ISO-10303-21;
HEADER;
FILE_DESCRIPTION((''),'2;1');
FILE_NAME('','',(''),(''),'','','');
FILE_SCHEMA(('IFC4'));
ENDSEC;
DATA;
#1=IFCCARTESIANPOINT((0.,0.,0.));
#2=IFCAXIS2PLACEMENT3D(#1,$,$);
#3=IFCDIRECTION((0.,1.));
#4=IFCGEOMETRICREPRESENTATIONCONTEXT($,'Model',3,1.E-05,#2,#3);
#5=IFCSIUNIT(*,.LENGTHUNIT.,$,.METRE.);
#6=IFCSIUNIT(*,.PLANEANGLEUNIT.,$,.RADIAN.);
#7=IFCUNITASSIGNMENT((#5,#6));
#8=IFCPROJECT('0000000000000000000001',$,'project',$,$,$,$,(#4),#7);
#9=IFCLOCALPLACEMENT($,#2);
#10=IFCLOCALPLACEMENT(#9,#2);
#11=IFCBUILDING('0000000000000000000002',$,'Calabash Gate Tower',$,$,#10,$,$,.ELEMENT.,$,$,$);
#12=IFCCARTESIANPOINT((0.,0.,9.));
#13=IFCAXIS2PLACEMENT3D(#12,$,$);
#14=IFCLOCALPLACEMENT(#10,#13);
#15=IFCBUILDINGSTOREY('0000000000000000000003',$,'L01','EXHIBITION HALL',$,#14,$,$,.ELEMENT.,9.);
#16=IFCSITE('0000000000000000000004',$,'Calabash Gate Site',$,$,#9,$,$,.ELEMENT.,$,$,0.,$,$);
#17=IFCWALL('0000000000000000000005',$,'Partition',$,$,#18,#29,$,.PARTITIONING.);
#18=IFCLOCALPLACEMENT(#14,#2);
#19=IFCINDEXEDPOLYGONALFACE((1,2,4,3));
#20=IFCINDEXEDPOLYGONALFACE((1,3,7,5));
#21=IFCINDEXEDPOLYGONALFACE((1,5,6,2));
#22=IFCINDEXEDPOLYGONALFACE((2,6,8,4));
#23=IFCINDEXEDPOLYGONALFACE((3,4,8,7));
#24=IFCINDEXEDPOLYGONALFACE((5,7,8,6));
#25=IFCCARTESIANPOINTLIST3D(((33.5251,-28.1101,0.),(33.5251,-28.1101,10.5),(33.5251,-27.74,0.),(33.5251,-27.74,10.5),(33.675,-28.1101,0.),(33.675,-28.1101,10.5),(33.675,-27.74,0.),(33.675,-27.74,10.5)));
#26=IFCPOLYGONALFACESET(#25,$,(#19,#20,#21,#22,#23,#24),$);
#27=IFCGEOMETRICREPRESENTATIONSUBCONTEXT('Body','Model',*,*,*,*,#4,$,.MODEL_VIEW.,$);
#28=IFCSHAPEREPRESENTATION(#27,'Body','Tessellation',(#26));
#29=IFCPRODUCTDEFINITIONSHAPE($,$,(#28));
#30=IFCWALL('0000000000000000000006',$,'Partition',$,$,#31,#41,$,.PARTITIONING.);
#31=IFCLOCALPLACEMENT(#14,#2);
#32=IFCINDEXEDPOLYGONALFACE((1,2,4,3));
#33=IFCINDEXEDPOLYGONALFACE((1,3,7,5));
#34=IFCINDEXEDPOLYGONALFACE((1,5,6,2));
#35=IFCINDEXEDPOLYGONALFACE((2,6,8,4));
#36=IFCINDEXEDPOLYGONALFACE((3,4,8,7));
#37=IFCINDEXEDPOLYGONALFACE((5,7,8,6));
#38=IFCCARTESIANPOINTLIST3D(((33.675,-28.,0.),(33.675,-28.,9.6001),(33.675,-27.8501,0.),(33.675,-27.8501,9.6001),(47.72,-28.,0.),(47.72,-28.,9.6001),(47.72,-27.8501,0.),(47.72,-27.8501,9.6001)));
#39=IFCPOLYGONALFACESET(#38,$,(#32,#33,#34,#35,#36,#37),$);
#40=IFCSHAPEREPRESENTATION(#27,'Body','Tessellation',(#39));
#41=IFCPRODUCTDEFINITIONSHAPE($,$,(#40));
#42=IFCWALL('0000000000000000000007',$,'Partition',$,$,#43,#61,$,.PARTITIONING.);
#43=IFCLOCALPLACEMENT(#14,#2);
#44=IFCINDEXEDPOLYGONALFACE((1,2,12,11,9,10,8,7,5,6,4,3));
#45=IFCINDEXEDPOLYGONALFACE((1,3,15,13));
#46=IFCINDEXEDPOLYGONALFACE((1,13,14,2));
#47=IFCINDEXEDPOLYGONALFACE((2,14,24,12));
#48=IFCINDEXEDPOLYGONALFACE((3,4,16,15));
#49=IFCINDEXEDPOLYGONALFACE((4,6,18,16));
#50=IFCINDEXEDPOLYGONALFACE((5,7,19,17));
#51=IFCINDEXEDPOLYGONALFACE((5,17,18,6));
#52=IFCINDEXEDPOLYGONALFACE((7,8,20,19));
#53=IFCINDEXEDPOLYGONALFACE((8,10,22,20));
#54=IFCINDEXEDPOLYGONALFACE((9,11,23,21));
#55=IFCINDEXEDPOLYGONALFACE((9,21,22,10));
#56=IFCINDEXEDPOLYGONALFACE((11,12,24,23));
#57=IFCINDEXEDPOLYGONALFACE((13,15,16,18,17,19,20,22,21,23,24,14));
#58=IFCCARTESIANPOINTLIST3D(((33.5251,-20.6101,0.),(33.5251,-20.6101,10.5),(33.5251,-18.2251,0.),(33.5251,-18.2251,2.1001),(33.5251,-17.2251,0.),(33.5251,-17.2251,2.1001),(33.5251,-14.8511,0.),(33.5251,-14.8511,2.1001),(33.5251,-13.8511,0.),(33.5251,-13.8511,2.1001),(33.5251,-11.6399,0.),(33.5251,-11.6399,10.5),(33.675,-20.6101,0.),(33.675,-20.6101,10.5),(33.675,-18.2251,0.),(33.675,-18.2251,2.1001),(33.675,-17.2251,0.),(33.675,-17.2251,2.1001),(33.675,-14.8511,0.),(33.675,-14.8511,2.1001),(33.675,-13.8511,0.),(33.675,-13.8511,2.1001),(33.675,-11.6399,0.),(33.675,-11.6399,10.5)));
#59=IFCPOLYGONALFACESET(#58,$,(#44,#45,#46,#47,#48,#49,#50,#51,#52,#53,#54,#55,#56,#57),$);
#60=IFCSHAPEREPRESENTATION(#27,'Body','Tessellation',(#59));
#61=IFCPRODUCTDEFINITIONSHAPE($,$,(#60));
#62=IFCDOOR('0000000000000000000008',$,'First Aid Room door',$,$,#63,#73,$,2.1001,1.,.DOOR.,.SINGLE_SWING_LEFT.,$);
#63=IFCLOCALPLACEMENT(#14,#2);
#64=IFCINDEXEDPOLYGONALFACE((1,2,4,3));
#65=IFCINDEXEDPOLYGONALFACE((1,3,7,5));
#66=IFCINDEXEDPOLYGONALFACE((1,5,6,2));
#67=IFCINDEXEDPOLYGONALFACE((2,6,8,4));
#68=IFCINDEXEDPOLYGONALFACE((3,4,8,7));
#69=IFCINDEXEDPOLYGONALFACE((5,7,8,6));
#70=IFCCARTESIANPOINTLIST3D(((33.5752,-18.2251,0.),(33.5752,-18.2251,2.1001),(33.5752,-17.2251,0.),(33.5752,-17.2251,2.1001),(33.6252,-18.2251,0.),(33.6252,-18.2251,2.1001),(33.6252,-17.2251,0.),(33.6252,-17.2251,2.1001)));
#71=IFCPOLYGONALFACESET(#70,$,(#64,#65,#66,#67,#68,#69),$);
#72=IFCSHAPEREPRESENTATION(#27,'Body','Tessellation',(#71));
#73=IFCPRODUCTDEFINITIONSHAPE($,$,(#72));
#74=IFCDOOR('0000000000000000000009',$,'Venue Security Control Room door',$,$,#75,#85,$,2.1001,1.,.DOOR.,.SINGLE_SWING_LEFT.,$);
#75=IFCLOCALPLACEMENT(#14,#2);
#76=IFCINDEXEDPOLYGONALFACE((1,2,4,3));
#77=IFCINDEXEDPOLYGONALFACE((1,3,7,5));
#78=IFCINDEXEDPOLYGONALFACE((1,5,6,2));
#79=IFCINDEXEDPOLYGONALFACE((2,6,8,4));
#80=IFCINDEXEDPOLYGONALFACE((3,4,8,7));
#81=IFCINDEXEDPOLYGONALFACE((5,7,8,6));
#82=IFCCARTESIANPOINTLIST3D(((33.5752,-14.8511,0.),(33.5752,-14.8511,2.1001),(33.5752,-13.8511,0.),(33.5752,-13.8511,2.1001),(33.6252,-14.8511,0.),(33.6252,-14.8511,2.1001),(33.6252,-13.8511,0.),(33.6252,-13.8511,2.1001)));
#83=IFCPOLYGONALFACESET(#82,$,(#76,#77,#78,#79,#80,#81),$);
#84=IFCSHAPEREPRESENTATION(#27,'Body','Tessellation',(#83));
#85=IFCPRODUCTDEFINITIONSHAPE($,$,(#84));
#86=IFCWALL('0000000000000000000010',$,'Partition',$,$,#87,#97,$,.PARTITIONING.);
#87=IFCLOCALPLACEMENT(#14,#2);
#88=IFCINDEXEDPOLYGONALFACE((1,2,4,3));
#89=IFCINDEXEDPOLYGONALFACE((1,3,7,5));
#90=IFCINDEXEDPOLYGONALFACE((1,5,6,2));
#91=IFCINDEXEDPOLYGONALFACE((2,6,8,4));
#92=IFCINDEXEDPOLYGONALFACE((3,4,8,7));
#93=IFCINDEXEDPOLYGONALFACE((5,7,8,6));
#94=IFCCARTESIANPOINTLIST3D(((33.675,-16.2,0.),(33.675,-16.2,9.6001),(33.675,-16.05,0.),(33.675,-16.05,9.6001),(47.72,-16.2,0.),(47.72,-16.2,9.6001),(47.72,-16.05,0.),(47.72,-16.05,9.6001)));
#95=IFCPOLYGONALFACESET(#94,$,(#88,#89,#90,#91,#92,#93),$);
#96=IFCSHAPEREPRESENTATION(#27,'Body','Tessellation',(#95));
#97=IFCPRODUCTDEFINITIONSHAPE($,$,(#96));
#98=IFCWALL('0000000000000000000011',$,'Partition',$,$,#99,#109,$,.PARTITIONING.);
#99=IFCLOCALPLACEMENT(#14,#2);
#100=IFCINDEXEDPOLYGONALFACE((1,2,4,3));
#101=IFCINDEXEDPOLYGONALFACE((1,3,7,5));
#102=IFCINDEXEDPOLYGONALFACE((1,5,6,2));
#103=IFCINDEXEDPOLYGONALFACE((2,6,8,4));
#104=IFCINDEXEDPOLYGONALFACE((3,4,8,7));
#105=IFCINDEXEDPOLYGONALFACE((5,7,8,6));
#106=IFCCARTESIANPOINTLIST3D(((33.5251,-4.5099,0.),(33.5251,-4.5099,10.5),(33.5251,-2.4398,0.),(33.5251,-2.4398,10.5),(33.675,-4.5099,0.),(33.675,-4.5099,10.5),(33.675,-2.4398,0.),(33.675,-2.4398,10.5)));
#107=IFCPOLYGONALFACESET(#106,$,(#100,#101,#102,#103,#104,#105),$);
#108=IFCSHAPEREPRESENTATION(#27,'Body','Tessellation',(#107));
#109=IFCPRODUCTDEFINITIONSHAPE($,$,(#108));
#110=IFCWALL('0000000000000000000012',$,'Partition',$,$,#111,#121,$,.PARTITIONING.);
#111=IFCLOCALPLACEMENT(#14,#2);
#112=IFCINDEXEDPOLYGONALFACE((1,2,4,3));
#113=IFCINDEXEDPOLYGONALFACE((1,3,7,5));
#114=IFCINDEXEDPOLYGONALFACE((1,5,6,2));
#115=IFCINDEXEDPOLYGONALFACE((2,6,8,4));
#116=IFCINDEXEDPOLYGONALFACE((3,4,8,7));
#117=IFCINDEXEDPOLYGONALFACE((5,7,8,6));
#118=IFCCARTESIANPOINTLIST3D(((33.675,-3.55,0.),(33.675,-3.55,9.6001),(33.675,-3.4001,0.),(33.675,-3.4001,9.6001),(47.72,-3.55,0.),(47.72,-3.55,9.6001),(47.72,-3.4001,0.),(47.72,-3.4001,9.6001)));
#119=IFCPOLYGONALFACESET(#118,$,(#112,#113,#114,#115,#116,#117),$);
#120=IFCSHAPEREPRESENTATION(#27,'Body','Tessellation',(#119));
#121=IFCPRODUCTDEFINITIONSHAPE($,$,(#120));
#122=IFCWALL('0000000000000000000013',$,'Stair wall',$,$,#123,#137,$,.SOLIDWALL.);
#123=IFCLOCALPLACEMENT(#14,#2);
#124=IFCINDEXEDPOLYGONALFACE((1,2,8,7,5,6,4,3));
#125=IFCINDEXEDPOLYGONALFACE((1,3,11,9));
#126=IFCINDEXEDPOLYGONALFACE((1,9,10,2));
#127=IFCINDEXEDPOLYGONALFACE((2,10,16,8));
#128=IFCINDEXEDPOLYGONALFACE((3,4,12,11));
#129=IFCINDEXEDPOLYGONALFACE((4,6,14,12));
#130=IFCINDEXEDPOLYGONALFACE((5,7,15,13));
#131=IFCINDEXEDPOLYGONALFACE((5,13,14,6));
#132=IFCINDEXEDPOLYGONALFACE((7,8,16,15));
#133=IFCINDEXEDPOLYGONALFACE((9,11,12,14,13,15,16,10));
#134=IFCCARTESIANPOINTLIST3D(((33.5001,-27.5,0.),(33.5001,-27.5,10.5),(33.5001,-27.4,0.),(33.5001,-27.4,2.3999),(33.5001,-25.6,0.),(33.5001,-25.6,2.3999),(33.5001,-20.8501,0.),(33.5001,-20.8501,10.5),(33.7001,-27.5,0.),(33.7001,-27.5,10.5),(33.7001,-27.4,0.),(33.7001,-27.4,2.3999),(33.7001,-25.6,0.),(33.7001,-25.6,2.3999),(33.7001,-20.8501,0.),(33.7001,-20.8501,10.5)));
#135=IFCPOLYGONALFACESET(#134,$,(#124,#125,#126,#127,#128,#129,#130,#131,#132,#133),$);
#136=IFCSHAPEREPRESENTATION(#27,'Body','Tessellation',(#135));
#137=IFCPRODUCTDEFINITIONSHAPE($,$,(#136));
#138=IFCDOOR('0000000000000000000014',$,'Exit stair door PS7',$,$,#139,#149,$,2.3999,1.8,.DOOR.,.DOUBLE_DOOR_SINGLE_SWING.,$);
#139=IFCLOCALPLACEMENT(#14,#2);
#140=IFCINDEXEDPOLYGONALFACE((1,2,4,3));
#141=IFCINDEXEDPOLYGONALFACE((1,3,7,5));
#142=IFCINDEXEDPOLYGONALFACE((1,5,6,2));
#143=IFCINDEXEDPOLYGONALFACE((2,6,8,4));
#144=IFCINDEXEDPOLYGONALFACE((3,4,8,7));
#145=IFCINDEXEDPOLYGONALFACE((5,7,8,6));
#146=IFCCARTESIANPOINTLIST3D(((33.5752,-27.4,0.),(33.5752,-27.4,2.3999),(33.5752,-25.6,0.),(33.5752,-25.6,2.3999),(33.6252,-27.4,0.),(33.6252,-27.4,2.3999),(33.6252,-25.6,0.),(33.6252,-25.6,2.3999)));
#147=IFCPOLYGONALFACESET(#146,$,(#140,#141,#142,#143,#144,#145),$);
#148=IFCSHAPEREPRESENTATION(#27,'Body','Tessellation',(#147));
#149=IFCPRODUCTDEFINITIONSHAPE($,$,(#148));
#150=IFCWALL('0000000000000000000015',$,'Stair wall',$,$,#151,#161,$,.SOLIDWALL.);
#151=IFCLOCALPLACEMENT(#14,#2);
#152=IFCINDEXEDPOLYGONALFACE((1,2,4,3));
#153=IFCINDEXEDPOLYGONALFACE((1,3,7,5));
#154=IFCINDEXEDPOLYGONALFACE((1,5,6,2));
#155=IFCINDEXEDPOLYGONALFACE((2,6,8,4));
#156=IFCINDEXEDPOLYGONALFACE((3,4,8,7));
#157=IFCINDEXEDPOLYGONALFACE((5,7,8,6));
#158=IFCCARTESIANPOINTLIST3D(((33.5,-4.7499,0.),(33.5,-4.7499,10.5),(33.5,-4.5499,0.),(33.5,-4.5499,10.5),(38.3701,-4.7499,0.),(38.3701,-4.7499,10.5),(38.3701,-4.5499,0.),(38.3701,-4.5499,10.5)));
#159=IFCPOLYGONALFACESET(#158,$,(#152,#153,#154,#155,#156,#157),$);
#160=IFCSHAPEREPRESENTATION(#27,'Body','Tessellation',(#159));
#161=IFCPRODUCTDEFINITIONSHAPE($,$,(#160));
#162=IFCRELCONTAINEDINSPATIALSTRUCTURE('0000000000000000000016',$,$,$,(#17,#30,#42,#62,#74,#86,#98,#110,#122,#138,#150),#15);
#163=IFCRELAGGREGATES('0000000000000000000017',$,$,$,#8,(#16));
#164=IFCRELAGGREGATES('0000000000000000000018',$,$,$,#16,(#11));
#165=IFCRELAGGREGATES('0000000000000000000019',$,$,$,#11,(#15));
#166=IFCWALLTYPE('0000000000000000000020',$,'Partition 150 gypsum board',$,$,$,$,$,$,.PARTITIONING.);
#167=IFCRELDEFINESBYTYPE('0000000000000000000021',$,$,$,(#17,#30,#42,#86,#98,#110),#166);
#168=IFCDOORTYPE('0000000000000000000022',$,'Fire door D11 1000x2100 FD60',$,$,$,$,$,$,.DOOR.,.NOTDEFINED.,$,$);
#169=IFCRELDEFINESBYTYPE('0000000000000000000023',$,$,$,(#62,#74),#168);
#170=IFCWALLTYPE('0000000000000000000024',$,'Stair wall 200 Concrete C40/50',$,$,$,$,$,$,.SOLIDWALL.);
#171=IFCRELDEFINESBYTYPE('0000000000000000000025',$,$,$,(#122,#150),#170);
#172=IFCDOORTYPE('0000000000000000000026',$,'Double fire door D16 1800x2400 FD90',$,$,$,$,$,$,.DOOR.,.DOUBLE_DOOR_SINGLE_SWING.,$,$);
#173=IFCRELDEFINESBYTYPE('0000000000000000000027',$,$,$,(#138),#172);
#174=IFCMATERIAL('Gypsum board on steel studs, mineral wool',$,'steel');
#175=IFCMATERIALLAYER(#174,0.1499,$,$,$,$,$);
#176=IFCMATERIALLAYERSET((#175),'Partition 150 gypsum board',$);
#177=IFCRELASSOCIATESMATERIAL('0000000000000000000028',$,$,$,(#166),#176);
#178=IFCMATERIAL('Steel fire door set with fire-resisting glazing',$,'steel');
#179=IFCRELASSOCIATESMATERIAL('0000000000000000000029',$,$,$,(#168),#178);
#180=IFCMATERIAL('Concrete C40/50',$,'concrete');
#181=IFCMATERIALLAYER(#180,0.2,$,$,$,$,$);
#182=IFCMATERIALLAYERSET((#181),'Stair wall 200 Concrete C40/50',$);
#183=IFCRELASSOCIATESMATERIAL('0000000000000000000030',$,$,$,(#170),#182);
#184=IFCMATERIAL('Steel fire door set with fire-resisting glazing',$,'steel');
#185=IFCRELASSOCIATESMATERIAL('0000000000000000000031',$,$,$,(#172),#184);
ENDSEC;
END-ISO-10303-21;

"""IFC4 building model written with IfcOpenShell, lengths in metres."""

from ifc_helpers import new_model, si_unit, direction, frame, frame_2d, origin, place, context, subcontext, project, spatial, rectangle, extrude, material, layer, layer_set, type_object, element, fill, save


model = new_model("IFC4")

# Units and contexts
model_context = context("Model", 3, precision=1e-05, world=origin(), true_north=direction((0.0, 1.0)))
body_context = subcontext(model_context, "Body", "Model", "MODEL_VIEW")
ifc_project = project(units=[si_unit("LENGTHUNIT", "METRE"), si_unit("PLANEANGLEUNIT", "RADIAN")], contexts=[model_context])

# Site, building, storey
site_placement = place(None, origin())
site = spatial("IfcSite", under=ifc_project, at=site_placement, Name="Calabash Gate Site", CompositionType="ELEMENT", RefElevation=0.0)
building_placement = place(site_placement, origin())
building = spatial("IfcBuilding", under=site, at=building_placement, Name="Calabash Gate Tower", CompositionType="ELEMENT")
storey_placement = place(building_placement, frame((0.0, 0.0, 9.0)))
storey = spatial("IfcBuildingStorey", under=building, at=storey_placement, Name="L01", Description="EXHIBITION HALL", CompositionType="ELEMENT", Elevation=9.0)

# Walls
ifc_material_1 = material(Name="Gypsum board on steel studs, mineral wool", Category="steel")
ifc_layer_1 = layer(ifc_material_1, 0.1499)
ifc_layer_set_1 = layer_set([ifc_layer_1], Name="Partition 150 gypsum board")
wall_type_1 = type_object("IfcWallType", Name="Partition 150 gypsum board", PredefinedType="PARTITIONING", material=ifc_layer_set_1)
wall_1_placement = place(storey_placement, frame((33.6001, -28.1101, 0.0), z_axis=(0.0, 0.0, 1.0), x_axis=(0.0, 1.0, 0.0)))
element("IfcWall", 1, at=wall_1_placement, inside=storey, type_object=wall_type_1, Name="Partition", PredefinedType="PARTITIONING", context=body_context, shape_type="SweptSolid", body=[
    extrude(rectangle(XDim=0.3701, YDim=0.1499, at=frame_2d((0.1851, 0.0))), origin(), (0.0, 0.0, 1.0), 10.5),
])
wall_2_placement = place(storey_placement, frame((33.675, -27.925, 0.0), z_axis=(0.0, 0.0, 1.0), x_axis=(1.0, 0.0, 0.0)))
element("IfcWall", 2, at=wall_2_placement, inside=storey, type_object=wall_type_1, Name="Partition", PredefinedType="PARTITIONING", context=body_context, shape_type="SweptSolid", body=[
    extrude(rectangle(XDim=14.0449, YDim=0.1499, at=frame_2d((7.0225, 0.0))), origin(), (0.0, 0.0, 1.0), 9.6001),
])

# Wall, openings, doors
wall_3_placement = place(storey_placement, frame((33.6001, -20.6101, 0.0), z_axis=(0.0, 0.0, 1.0), x_axis=(0.0, 1.0, 0.0)))
wall_3 = element("IfcWall", 3, at=wall_3_placement, inside=storey, type_object=wall_type_1, Name="Partition", PredefinedType="PARTITIONING", context=body_context, shape_type="SweptSolid", body=[
    extrude(rectangle(XDim=8.9702, YDim=0.1499, at=frame_2d((4.4851, 0.0))), origin(), (0.0, 0.0, 1.0), 10.5),
])
opening_1_placement = place(wall_3_placement, frame((2.385, 0.0, 0.0)))
opening_1 = element("IfcOpeningElement", 4, at=opening_1_placement, cuts=wall_3, PredefinedType="OPENING", context=body_context, shape_type="SweptSolid", body=[
    extrude(rectangle(XDim=1.0, YDim=2.1001, at=frame_2d((0.5, 1.05))), frame((0.0, 0.085, 0.0), z_axis=(0.0, -1.0, 0.0), x_axis=(1.0, 0.0, 0.0)), (0.0, 0.0, 1.0), 0.1699),
])
opening_2_placement = place(wall_3_placement, frame((5.759, 0.0, 0.0)))
opening_2 = element("IfcOpeningElement", 5, at=opening_2_placement, cuts=wall_3, PredefinedType="OPENING", context=body_context, shape_type="SweptSolid", body=[
    extrude(rectangle(XDim=1.0, YDim=2.1001, at=frame_2d((0.5, 1.05))), frame((0.0, 0.085, 0.0), z_axis=(0.0, -1.0, 0.0), x_axis=(1.0, 0.0, 0.0)), (0.0, 0.0, 1.0), 0.1699),
])
ifc_material_2 = material(Name="Steel fire door set with fire-resisting glazing", Category="steel")
door_type_1 = type_object("IfcDoorType", Name="Fire door D11 1000x2100 FD60", OperationType="NOTDEFINED", PredefinedType="DOOR", material=ifc_material_2)
door_1_placement = place(opening_1_placement, origin())
door_1 = element("IfcDoor", 6, at=door_1_placement, inside=storey, type_object=door_type_1, Name="First Aid Room door", OperationType="SINGLE_SWING_LEFT", OverallHeight=2.1001, OverallWidth=1.0, PredefinedType="DOOR", context=body_context, shape_type="SweptSolid", body=[
    extrude(rectangle(XDim=1.0, YDim=2.1001, at=frame_2d((0.5, 1.05))), frame((0.0, 0.0249, 0.0), z_axis=(0.0, -1.0, 0.0), x_axis=(1.0, 0.0, 0.0)), (0.0, 0.0, 1.0), 0.05),
])
fill(opening_1, door_1)
door_2_placement = place(opening_2_placement, origin())
door_2 = element("IfcDoor", 7, at=door_2_placement, inside=storey, type_object=door_type_1, Name="Venue Security Control Room door", OperationType="SINGLE_SWING_LEFT", OverallHeight=2.1001, OverallWidth=1.0, PredefinedType="DOOR", context=body_context, shape_type="SweptSolid", body=[
    extrude(rectangle(XDim=1.0, YDim=2.1001, at=frame_2d((0.5, 1.05))), frame((0.0, 0.0249, 0.0), z_axis=(0.0, -1.0, 0.0), x_axis=(1.0, 0.0, 0.0)), (0.0, 0.0, 1.0), 0.05),
])
fill(opening_2, door_2)

# Walls
wall_4_placement = place(storey_placement, frame((33.675, -16.125, 0.0), z_axis=(0.0, 0.0, 1.0), x_axis=(1.0, 0.0, 0.0)))
element("IfcWall", 8, at=wall_4_placement, inside=storey, type_object=wall_type_1, Name="Partition", PredefinedType="PARTITIONING", context=body_context, shape_type="SweptSolid", body=[
    extrude(rectangle(XDim=14.0449, YDim=0.1499, at=frame_2d((7.0225, 0.0))), origin(), (0.0, 0.0, 1.0), 9.6001),
])
wall_5_placement = place(storey_placement, frame((33.6001, -4.51, 0.0), z_axis=(0.0, 0.0, 1.0), x_axis=(0.0, 1.0, 0.0)))
element("IfcWall", 9, at=wall_5_placement, inside=storey, type_object=wall_type_1, Name="Partition", PredefinedType="PARTITIONING", context=body_context, shape_type="SweptSolid", body=[
    extrude(rectangle(XDim=2.0701, YDim=0.1499, at=frame_2d((1.0352, 0.0))), origin(), (0.0, 0.0, 1.0), 10.5),
])
wall_6_placement = place(storey_placement, frame((33.675, -3.4751, 0.0), z_axis=(0.0, 0.0, 1.0), x_axis=(1.0, 0.0, 0.0)))
element("IfcWall", 10, at=wall_6_placement, inside=storey, type_object=wall_type_1, Name="Partition", PredefinedType="PARTITIONING", context=body_context, shape_type="SweptSolid", body=[
    extrude(rectangle(XDim=14.0449, YDim=0.1499, at=frame_2d((7.0225, 0.0))), origin(), (0.0, 0.0, 1.0), 9.6001),
])

# Wall, opening, door
ifc_material_3 = material(Name="Concrete C40/50", Category="concrete")
ifc_layer_2 = layer(ifc_material_3, 0.2)
ifc_layer_set_2 = layer_set([ifc_layer_2], Name="Stair wall 200 Concrete C40/50")
wall_type_2 = type_object("IfcWallType", Name="Stair wall 200 Concrete C40/50", PredefinedType="SOLIDWALL", material=ifc_layer_set_2)
wall_7_placement = place(storey_placement, frame((33.6001, -27.5, 0.0), z_axis=(0.0, 0.0, 1.0), x_axis=(0.0, 1.0, 0.0)))
wall_7 = element("IfcWall", 11, at=wall_7_placement, inside=storey, type_object=wall_type_2, Name="Stair wall", PredefinedType="SOLIDWALL", context=body_context, shape_type="SweptSolid", body=[
    extrude(rectangle(XDim=6.6499, YDim=0.2, at=frame_2d((3.325, 0.0))), origin(), (0.0, 0.0, 1.0), 10.5),
])
opening_3_placement = place(wall_7_placement, frame((0.1001, 0.0, 0.0)))
opening_3 = element("IfcOpeningElement", 12, at=opening_3_placement, cuts=wall_7, PredefinedType="OPENING", context=body_context, shape_type="SweptSolid", body=[
    extrude(rectangle(XDim=1.8, YDim=2.3999, at=frame_2d((0.8999, 1.2))), frame((0.0, 0.1099, 0.0), z_axis=(0.0, -1.0, 0.0), x_axis=(1.0, 0.0, 0.0)), (0.0, 0.0, 1.0), 0.22),
])
ifc_material_4 = material(Name="Steel fire door set with fire-resisting glazing", Category="steel")
door_type_2 = type_object("IfcDoorType", Name="Double fire door D16 1800x2400 FD90", OperationType="DOUBLE_DOOR_SINGLE_SWING", PredefinedType="DOOR", material=ifc_material_4)
door_3_placement = place(opening_3_placement, origin())
door_3 = element("IfcDoor", 13, at=door_3_placement, inside=storey, type_object=door_type_2, Name="Exit stair door PS7", OperationType="DOUBLE_DOOR_SINGLE_SWING", OverallHeight=2.3999, OverallWidth=1.8, PredefinedType="DOOR", context=body_context, shape_type="SweptSolid", body=[
    extrude(rectangle(XDim=1.8, YDim=2.3999, at=frame_2d((0.8999, 1.2))), frame((0.0, 0.0249, 0.0), z_axis=(0.0, -1.0, 0.0), x_axis=(1.0, 0.0, 0.0)), (0.0, 0.0, 1.0), 0.05),
])
fill(opening_3, door_3)

# Wall
wall_8_placement = place(storey_placement, frame((33.5, -4.6499, 0.0), z_axis=(0.0, 0.0, 1.0), x_axis=(1.0, 0.0, 0.0)))
element("IfcWall", 14, at=wall_8_placement, inside=storey, type_object=wall_type_2, Name="Stair wall", PredefinedType="SOLIDWALL", context=body_context, shape_type="SweptSolid", body=[
    extrude(rectangle(XDim=4.8701, YDim=0.2, at=frame_2d((2.4351, 0.0))), origin(), (0.0, 0.0, 1.0), 10.5),
])

save(model, "model.ifc")
